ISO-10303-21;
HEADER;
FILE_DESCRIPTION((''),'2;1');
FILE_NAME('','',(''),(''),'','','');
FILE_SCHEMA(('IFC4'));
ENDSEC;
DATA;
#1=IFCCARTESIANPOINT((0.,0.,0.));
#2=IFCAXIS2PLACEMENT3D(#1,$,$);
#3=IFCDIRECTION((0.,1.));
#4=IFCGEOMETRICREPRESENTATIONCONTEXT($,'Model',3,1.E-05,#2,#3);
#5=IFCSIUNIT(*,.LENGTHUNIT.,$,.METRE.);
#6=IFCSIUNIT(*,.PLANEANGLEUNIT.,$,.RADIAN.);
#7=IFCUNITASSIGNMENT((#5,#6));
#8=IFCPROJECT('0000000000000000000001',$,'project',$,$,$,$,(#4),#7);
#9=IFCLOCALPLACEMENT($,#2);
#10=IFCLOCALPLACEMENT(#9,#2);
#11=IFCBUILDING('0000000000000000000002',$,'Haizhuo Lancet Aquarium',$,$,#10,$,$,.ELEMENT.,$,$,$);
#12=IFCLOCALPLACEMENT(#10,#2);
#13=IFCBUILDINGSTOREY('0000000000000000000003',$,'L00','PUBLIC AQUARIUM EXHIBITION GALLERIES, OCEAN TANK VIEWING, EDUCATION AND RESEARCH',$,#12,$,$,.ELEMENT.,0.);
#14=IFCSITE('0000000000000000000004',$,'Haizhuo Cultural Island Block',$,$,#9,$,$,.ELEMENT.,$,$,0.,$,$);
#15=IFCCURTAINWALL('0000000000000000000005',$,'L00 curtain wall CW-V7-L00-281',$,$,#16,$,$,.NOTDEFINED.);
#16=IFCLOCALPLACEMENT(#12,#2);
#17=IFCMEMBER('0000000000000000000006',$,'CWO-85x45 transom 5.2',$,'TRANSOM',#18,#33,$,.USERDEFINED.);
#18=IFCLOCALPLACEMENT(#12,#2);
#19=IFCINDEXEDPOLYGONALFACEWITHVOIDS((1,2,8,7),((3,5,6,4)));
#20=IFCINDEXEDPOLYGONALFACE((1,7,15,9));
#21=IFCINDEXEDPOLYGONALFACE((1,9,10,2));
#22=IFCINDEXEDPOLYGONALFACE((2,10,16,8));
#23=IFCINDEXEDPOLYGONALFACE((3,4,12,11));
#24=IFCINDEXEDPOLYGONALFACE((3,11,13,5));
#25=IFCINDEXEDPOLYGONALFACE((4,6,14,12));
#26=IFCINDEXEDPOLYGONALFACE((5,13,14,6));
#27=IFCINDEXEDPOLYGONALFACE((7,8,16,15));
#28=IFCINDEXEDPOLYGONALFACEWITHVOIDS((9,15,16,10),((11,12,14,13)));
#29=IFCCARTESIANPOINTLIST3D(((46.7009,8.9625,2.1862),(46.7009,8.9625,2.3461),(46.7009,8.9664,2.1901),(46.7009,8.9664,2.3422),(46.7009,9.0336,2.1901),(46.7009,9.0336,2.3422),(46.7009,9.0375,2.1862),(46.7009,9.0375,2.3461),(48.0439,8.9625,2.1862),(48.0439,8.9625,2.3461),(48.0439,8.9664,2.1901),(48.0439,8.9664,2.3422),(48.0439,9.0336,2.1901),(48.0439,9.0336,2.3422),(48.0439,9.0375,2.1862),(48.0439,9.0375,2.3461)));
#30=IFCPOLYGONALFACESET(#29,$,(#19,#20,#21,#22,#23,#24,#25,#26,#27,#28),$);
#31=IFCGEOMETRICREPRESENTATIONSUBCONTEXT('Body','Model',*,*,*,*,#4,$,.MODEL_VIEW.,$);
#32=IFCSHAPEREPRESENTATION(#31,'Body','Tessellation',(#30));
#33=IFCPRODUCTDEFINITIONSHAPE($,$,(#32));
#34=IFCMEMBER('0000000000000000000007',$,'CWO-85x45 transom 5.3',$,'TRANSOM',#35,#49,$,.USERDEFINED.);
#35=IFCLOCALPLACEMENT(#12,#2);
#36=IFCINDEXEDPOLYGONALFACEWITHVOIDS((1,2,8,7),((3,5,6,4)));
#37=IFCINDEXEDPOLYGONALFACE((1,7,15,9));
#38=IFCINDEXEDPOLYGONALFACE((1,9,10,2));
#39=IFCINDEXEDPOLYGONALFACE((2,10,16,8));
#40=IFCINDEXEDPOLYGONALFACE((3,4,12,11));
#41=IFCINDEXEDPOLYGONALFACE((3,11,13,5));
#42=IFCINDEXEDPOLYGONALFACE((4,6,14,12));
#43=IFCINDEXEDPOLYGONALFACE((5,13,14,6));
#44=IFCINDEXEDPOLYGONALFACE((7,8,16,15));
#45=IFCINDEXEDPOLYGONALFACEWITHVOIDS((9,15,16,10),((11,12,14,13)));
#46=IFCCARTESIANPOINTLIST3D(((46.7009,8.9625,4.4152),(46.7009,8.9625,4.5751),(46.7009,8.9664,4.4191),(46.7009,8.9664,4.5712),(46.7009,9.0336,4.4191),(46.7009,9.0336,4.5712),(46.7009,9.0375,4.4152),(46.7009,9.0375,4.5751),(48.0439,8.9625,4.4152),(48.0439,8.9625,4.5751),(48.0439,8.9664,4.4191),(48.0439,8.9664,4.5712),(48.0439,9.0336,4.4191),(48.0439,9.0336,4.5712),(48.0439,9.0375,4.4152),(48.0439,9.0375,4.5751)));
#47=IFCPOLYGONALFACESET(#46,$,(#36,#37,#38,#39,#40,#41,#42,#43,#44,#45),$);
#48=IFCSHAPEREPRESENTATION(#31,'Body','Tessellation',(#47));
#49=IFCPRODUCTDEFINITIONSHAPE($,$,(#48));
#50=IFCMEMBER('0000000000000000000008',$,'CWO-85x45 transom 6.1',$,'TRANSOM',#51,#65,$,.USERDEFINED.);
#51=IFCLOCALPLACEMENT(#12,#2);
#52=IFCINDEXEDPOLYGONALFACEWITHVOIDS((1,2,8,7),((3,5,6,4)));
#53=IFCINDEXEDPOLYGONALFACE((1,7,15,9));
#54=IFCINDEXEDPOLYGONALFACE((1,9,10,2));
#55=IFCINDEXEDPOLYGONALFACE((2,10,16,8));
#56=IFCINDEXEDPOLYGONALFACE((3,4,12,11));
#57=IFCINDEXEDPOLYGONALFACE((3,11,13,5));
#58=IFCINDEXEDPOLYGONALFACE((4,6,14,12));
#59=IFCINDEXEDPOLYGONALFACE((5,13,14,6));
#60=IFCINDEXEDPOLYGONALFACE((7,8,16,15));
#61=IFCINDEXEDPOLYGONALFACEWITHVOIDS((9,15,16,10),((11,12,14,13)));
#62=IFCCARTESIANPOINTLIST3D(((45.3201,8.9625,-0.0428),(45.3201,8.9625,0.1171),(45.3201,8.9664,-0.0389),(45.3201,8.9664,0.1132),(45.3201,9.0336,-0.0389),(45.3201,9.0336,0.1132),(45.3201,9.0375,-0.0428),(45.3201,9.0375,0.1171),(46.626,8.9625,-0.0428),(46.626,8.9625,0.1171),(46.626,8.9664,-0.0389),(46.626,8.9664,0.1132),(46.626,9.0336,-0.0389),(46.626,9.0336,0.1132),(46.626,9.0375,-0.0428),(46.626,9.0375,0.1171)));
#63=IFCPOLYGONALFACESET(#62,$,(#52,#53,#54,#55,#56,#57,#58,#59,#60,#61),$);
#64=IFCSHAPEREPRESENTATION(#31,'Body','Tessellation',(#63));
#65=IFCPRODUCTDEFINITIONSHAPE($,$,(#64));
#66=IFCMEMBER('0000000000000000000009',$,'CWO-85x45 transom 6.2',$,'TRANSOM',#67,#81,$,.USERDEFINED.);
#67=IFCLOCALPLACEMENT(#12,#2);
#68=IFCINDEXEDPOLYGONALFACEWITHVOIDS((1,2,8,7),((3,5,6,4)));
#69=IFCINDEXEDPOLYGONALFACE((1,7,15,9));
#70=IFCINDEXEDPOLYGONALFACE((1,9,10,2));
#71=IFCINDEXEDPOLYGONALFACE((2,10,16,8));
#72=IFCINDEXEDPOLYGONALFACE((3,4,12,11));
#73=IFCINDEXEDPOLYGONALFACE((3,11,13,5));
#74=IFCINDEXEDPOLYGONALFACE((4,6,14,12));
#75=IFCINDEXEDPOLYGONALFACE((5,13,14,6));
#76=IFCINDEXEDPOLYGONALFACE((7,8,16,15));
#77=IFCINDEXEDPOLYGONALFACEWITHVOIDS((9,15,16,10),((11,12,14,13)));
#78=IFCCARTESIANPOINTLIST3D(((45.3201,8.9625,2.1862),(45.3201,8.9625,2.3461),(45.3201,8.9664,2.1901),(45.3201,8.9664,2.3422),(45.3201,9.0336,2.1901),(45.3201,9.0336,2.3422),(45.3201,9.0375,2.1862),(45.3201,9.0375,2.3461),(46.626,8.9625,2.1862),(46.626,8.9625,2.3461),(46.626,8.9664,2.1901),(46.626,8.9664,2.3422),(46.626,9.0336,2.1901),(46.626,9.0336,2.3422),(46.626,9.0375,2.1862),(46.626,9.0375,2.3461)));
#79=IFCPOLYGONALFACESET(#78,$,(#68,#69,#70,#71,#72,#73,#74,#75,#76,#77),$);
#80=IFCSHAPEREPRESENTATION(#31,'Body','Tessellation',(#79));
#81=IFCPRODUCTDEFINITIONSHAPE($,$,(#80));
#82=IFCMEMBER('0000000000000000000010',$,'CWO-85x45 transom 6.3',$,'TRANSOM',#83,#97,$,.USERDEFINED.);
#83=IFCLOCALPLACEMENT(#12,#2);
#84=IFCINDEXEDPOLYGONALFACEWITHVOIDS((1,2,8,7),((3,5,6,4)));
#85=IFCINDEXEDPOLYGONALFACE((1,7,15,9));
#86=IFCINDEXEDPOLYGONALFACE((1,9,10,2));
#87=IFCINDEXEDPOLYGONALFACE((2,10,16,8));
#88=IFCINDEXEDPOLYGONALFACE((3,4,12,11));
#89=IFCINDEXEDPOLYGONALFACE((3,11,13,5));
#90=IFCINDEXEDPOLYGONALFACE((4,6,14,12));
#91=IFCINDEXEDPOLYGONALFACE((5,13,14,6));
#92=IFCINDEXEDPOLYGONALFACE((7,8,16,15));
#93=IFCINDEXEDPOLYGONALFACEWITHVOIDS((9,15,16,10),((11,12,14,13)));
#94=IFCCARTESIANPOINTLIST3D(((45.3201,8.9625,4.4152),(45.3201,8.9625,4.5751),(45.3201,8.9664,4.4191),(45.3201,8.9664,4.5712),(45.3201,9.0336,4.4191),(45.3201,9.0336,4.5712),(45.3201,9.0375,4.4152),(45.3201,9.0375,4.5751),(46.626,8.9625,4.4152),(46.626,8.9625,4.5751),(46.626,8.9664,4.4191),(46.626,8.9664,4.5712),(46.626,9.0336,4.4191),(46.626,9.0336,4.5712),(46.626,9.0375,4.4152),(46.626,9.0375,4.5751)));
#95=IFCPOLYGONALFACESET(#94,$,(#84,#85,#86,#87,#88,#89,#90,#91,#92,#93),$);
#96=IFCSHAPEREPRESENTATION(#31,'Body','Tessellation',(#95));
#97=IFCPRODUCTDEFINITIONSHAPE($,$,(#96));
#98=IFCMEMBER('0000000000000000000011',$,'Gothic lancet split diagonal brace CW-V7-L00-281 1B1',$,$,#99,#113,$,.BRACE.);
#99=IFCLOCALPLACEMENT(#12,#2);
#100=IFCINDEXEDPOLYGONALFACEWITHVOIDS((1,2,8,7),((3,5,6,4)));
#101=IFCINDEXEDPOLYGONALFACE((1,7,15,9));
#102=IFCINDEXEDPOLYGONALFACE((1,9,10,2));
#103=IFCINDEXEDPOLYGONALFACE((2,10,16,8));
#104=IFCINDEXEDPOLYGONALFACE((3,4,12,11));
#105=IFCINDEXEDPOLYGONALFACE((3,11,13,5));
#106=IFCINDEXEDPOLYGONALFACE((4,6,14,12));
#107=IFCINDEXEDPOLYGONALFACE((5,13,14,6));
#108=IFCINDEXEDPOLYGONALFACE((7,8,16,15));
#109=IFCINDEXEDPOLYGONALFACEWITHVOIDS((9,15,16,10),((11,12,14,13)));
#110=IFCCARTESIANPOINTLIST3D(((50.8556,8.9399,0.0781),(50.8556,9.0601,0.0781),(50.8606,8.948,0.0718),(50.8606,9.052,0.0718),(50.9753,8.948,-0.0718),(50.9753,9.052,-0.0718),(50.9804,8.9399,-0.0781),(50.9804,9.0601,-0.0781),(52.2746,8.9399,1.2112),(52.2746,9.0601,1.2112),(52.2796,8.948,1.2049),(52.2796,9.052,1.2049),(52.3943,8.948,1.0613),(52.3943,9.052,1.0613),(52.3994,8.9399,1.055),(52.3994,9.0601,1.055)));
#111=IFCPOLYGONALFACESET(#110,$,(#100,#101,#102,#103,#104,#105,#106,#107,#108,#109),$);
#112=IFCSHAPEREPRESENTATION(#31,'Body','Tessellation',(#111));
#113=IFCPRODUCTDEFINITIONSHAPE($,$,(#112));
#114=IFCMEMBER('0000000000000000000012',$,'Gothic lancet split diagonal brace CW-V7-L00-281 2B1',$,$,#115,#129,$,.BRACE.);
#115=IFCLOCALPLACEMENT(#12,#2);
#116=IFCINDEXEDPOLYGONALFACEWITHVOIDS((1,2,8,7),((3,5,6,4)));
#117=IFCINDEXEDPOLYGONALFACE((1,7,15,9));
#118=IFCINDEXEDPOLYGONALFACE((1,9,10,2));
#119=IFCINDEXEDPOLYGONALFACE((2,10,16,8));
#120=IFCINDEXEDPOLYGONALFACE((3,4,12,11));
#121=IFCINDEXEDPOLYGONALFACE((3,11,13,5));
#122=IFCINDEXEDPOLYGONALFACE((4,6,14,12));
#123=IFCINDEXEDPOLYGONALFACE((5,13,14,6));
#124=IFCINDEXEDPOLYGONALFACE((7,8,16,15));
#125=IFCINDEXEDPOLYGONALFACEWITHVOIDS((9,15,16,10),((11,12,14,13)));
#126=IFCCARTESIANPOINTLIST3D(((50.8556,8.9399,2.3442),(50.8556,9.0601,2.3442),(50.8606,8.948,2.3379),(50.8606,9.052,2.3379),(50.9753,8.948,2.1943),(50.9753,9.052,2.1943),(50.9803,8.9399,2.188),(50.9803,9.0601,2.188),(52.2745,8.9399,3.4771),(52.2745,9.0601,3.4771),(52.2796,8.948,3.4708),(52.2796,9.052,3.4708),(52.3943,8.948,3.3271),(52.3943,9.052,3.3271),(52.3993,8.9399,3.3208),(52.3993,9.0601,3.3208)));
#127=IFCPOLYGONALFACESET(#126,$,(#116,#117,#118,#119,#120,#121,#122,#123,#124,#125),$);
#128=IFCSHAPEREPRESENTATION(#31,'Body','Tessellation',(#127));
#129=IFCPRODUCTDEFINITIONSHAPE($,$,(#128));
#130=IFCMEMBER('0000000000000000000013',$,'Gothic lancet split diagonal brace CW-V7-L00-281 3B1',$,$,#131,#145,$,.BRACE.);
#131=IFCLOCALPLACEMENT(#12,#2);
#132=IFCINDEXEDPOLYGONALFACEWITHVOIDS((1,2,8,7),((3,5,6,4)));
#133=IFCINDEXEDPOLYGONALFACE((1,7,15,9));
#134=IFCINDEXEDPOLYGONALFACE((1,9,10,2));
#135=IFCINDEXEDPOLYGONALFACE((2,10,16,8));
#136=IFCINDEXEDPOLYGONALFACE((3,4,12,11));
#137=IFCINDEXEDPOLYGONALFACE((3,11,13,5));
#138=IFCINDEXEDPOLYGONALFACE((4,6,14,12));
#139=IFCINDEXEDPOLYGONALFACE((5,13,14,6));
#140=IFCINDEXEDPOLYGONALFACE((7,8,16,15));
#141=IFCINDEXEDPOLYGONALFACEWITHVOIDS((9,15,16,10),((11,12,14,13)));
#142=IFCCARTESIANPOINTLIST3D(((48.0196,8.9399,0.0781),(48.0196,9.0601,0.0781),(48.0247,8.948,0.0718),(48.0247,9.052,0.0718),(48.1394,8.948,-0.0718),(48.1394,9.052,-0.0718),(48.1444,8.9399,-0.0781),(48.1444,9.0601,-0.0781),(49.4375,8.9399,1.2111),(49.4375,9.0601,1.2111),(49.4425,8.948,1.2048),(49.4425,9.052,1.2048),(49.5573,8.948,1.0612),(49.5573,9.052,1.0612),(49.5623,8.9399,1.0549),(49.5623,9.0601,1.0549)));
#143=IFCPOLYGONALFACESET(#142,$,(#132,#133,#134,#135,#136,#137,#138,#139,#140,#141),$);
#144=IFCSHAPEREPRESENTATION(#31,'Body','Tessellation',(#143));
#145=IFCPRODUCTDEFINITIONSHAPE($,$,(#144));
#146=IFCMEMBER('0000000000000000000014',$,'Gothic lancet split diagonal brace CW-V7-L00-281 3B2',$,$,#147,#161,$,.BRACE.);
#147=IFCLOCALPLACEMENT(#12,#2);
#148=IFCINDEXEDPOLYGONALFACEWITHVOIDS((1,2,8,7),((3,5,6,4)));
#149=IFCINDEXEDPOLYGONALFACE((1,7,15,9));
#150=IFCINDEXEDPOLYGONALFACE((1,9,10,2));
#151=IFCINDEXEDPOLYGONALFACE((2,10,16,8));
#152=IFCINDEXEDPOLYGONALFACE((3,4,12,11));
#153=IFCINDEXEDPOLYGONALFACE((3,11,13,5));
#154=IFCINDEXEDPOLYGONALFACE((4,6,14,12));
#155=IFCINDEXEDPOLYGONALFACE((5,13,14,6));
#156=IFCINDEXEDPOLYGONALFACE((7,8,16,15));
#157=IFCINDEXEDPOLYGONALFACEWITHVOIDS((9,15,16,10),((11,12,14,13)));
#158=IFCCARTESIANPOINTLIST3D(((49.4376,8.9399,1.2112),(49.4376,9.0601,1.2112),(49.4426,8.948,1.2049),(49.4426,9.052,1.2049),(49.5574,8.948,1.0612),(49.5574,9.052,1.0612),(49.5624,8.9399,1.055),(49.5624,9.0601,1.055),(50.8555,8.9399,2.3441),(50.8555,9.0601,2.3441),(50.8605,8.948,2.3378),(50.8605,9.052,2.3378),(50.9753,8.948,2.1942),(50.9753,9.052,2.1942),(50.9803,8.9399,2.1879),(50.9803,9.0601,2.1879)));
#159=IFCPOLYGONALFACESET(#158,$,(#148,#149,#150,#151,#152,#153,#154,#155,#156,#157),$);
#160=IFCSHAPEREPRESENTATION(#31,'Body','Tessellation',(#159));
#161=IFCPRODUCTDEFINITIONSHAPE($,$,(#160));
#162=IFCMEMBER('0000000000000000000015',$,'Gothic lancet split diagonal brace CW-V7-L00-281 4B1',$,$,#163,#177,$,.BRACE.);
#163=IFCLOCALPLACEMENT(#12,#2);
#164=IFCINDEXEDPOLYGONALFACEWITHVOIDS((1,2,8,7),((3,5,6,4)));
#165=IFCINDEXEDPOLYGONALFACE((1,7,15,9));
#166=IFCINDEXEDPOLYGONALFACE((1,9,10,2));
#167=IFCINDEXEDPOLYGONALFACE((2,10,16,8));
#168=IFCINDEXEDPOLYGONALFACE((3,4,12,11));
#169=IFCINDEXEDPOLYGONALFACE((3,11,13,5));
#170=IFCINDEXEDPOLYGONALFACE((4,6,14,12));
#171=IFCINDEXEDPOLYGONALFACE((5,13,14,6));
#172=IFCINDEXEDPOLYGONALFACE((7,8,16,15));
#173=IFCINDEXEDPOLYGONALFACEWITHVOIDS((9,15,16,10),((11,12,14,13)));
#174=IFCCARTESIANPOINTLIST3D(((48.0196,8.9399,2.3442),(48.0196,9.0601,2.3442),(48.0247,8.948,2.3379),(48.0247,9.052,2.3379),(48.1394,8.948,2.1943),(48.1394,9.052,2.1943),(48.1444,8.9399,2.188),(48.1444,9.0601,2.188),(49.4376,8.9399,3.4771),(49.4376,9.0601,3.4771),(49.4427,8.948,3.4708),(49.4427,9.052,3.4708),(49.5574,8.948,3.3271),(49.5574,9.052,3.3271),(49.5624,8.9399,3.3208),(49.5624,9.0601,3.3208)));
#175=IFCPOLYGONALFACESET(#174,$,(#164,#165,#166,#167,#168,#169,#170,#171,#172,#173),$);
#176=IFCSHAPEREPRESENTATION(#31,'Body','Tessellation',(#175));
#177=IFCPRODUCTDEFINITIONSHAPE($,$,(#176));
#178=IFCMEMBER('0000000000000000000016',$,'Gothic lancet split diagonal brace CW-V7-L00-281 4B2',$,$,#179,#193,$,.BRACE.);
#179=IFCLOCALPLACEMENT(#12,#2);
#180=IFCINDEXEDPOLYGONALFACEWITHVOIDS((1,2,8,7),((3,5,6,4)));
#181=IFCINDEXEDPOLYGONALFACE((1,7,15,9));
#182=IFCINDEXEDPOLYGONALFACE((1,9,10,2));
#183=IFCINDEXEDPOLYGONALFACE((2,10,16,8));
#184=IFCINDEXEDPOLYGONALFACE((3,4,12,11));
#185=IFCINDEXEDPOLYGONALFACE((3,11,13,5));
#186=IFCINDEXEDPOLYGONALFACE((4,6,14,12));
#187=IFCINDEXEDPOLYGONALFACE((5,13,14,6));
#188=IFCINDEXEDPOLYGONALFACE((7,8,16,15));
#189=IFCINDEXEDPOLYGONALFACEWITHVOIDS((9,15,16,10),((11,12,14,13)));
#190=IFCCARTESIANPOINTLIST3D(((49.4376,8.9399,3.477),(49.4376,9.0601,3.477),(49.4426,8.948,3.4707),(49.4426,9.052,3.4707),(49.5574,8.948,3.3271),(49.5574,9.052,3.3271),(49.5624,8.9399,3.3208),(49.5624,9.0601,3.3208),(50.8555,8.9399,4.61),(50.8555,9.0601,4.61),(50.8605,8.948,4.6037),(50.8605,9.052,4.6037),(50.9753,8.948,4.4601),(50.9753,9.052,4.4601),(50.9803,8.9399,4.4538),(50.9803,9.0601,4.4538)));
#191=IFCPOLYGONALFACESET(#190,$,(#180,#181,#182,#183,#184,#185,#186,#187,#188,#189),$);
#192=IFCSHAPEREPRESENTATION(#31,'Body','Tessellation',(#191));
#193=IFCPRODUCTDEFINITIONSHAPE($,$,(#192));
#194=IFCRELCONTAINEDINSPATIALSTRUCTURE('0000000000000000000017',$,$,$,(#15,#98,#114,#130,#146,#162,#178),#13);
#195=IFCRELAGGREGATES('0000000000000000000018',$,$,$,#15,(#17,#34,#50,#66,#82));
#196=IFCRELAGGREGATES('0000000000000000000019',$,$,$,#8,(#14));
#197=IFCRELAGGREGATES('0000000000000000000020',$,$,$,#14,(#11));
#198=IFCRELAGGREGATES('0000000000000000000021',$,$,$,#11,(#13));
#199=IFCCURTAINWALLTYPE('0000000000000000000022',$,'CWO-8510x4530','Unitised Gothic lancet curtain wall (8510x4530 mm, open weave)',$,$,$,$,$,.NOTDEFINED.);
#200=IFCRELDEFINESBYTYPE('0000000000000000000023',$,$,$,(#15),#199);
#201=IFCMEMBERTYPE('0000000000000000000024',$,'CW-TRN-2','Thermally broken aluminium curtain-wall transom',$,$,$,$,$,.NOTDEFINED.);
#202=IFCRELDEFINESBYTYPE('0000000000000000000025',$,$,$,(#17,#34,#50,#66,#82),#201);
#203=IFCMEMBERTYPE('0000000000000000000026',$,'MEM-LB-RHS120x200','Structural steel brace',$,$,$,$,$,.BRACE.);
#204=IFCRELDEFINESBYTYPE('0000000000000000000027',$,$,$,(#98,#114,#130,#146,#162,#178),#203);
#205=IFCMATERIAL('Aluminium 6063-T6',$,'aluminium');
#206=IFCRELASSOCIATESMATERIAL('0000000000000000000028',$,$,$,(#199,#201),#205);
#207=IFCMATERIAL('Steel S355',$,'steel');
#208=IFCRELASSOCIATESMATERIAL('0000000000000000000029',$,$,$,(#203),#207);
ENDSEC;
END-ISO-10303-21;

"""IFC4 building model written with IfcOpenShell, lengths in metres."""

from ifc_helpers import new_model, si_unit, direction, frame, origin, origin_2d, place, context, subcontext, project, spatial, hollow_rectangle, extrude, material, material_profile, profile_set, type_object, element, aggregate, save


model = new_model("IFC4")

# Units and contexts
model_context = context("Model", 3, precision=1e-05, world=origin(), true_north=direction((0.0, 1.0)))
body_context = subcontext(model_context, "Body", "Model", "MODEL_VIEW")
ifc_project = project(units=[si_unit("LENGTHUNIT", "METRE"), si_unit("PLANEANGLEUNIT", "RADIAN")], contexts=[model_context])

# Site, building, storey
site_placement = place(None, origin())
site = spatial("IfcSite", under=ifc_project, at=site_placement, Name="Haizhuo Cultural Island Block", CompositionType="ELEMENT", RefElevation=0.0)
building_placement = place(site_placement, origin())
building = spatial("IfcBuilding", under=site, at=building_placement, Name="Haizhuo Lancet Aquarium", CompositionType="ELEMENT")
storey_placement = place(building_placement, origin())
storey = spatial("IfcBuildingStorey", under=building, at=storey_placement, Name="L00", Description="PUBLIC AQUARIUM EXHIBITION GALLERIES, OCEAN TANK VIEWING, EDUCATION AND RESEARCH", CompositionType="ELEMENT", Elevation=0.0)

# Curtain wall, members
ifc_material_1 = material(Name="Aluminium 6063-T6", Category="aluminium")
curtain_wall_type = type_object("IfcCurtainWallType", Name="CWO-8510x4530", Description="Unitised Gothic lancet curtain wall (8510x4530 mm, open weave)", PredefinedType="NOTDEFINED", material=ifc_material_1)
curtain_wall_placement = place(storey_placement, origin())
curtain_wall = element("IfcCurtainWall", 1, at=curtain_wall_placement, inside=storey, type_object=curtain_wall_type, Name="L00 curtain wall CW-V7-L00-281", PredefinedType="NOTDEFINED")
ifc_material_profile_1 = material_profile(ifc_material_1, hollow_rectangle(XDim=0.075, YDim=0.1599, WallThickness=0.0039, at=origin_2d()), Name="ALU-T 75x160x4")
ifc_profile_set_1 = profile_set([ifc_material_profile_1], Name="Aluminium 6063-T6")
member_type_1 = type_object("IfcMemberType", Name="CW-TRN-2", Description="Thermally broken aluminium curtain-wall transom", PredefinedType="NOTDEFINED", material=ifc_profile_set_1)
member_1_placement = place(storey_placement, frame((48.0439, 9.0, 2.2661), z_axis=(-1.0, 0.0, 0.0), x_axis=(0.0, -1.0, 0.0)))
member_1 = element("IfcMember", 2, at=member_1_placement, type_object=member_type_1, Name="CWO-85x45 transom 5.2", ObjectType="TRANSOM", PredefinedType="USERDEFINED", context=body_context, shape_type="SweptSolid", body=[
    extrude(hollow_rectangle(XDim=0.075, YDim=0.1599, WallThickness=0.0039, at=origin_2d()), origin(), (0.0, 0.0, 1.0), 1.343),
])
member_2_placement = place(storey_placement, frame((48.0439, 9.0, 4.4951), z_axis=(-1.0, 0.0, 0.0), x_axis=(0.0, -1.0, 0.0)))
member_2 = element("IfcMember", 3, at=member_2_placement, type_object=member_type_1, Name="CWO-85x45 transom 5.3", ObjectType="TRANSOM", PredefinedType="USERDEFINED", context=body_context, shape_type="SweptSolid", body=[
    extrude(hollow_rectangle(XDim=0.075, YDim=0.1599, WallThickness=0.0039, at=origin_2d()), origin(), (0.0, 0.0, 1.0), 1.343),
])
member_3_placement = place(storey_placement, frame((46.626, 9.0, 0.0371), z_axis=(-1.0, 0.0, 0.0), x_axis=(0.0, -1.0, 0.0)))
member_3 = element("IfcMember", 4, at=member_3_placement, type_object=member_type_1, Name="CWO-85x45 transom 6.1", ObjectType="TRANSOM", PredefinedType="USERDEFINED", context=body_context, shape_type="SweptSolid", body=[
    extrude(hollow_rectangle(XDim=0.075, YDim=0.1599, WallThickness=0.0039, at=origin_2d()), origin(), (0.0, 0.0, 1.0), 1.3059),
])
member_4_placement = place(storey_placement, frame((46.626, 9.0, 2.2661), z_axis=(-1.0, 0.0, 0.0), x_axis=(0.0, -1.0, 0.0)))
member_4 = element("IfcMember", 5, at=member_4_placement, type_object=member_type_1, Name="CWO-85x45 transom 6.2", ObjectType="TRANSOM", PredefinedType="USERDEFINED", context=body_context, shape_type="SweptSolid", body=[
    extrude(hollow_rectangle(XDim=0.075, YDim=0.1599, WallThickness=0.0039, at=origin_2d()), origin(), (0.0, 0.0, 1.0), 1.3059),
])
member_5_placement = place(storey_placement, frame((46.626, 9.0, 4.4951), z_axis=(-1.0, 0.0, 0.0), x_axis=(0.0, -1.0, 0.0)))
member_5 = element("IfcMember", 6, at=member_5_placement, type_object=member_type_1, Name="CWO-85x45 transom 6.3", ObjectType="TRANSOM", PredefinedType="USERDEFINED", context=body_context, shape_type="SweptSolid", body=[
    extrude(hollow_rectangle(XDim=0.075, YDim=0.1599, WallThickness=0.0039, at=origin_2d()), origin(), (0.0, 0.0, 1.0), 1.3059),
])

# Members
ifc_material_2 = material(Name="Steel S355", Category="steel")
ifc_material_profile_2 = material_profile(ifc_material_2, hollow_rectangle(XDim=0.1201, YDim=0.2, WallThickness=0.0081, at=origin_2d()), Name="RHS 120x200x8")
ifc_profile_set_2 = profile_set([ifc_material_profile_2], Name="Steel S355")
member_type_2 = type_object("IfcMemberType", Name="MEM-LB-RHS120x200", Description="Structural steel brace", PredefinedType="BRACE", material=ifc_profile_set_2)
member_6_placement = place(storey_placement, frame((50.918, 9.0, 0.0), z_axis=(0.781433, 0.0, 0.62399), x_axis=(0.0, 1.0, 0.0)))
element("IfcMember", 7, at=member_6_placement, inside=storey, type_object=member_type_2, Name="Gothic lancet split diagonal brace CW-V7-L00-281 1B1", PredefinedType="BRACE", context=body_context, shape_type="SweptSolid", body=[
    extrude(hollow_rectangle(XDim=0.1201, YDim=0.2, WallThickness=0.0081, at=origin_2d()), origin(), (0.0, 0.0, 1.0), 1.8159),
])
member_7_placement = place(storey_placement, frame((50.918, 9.0, 2.2661), z_axis=(0.781498, 0.0, 0.623908), x_axis=(0.0, 1.0, 0.0)))
element("IfcMember", 8, at=member_7_placement, inside=storey, type_object=member_type_2, Name="Gothic lancet split diagonal brace CW-V7-L00-281 2B1", PredefinedType="BRACE", context=body_context, shape_type="SweptSolid", body=[
    extrude(hollow_rectangle(XDim=0.1201, YDim=0.2, WallThickness=0.0081, at=origin_2d()), origin(), (0.0, 0.0, 1.0), 1.8157),
])
for number, where, z_axis, x_axis, name in (
    (9, (48.082, 9.0, 0.0), (0.781223, 0.0, 0.624252), (0.0, 1.0, 0.0), "Gothic lancet split diagonal brace CW-V7-L00-281 3B1"),
    (10, (49.5, 9.0, 1.1331), (0.781223, 0.0, 0.624252), (0.0, 1.0, 0.0), "Gothic lancet split diagonal brace CW-V7-L00-281 3B2"),
    (11, (48.082, 9.0, 2.2661), (0.781289, 0.0, 0.62417), (0.0, 1.0, 0.0), "Gothic lancet split diagonal brace CW-V7-L00-281 4B1"),
    (12, (49.5, 9.0, 3.3989), (0.781223, 0.0, 0.624252), (0.0, 1.0, 0.0), "Gothic lancet split diagonal brace CW-V7-L00-281 4B2"),
):
    element("IfcMember", number, at=place(storey_placement, frame(where, z_axis=z_axis, x_axis=x_axis)), inside=storey, type_object=member_type_2, Name=name, PredefinedType="BRACE", context=body_context, shape_type="SweptSolid", body=[
        extrude(hollow_rectangle(XDim=0.1201, YDim=0.2, WallThickness=0.0081, at=origin_2d()), origin(), (0.0, 0.0, 1.0), 1.8149),
    ])

aggregate(curtain_wall, [member_1, member_2, member_3, member_4, member_5])

save(model, "model.ifc")
